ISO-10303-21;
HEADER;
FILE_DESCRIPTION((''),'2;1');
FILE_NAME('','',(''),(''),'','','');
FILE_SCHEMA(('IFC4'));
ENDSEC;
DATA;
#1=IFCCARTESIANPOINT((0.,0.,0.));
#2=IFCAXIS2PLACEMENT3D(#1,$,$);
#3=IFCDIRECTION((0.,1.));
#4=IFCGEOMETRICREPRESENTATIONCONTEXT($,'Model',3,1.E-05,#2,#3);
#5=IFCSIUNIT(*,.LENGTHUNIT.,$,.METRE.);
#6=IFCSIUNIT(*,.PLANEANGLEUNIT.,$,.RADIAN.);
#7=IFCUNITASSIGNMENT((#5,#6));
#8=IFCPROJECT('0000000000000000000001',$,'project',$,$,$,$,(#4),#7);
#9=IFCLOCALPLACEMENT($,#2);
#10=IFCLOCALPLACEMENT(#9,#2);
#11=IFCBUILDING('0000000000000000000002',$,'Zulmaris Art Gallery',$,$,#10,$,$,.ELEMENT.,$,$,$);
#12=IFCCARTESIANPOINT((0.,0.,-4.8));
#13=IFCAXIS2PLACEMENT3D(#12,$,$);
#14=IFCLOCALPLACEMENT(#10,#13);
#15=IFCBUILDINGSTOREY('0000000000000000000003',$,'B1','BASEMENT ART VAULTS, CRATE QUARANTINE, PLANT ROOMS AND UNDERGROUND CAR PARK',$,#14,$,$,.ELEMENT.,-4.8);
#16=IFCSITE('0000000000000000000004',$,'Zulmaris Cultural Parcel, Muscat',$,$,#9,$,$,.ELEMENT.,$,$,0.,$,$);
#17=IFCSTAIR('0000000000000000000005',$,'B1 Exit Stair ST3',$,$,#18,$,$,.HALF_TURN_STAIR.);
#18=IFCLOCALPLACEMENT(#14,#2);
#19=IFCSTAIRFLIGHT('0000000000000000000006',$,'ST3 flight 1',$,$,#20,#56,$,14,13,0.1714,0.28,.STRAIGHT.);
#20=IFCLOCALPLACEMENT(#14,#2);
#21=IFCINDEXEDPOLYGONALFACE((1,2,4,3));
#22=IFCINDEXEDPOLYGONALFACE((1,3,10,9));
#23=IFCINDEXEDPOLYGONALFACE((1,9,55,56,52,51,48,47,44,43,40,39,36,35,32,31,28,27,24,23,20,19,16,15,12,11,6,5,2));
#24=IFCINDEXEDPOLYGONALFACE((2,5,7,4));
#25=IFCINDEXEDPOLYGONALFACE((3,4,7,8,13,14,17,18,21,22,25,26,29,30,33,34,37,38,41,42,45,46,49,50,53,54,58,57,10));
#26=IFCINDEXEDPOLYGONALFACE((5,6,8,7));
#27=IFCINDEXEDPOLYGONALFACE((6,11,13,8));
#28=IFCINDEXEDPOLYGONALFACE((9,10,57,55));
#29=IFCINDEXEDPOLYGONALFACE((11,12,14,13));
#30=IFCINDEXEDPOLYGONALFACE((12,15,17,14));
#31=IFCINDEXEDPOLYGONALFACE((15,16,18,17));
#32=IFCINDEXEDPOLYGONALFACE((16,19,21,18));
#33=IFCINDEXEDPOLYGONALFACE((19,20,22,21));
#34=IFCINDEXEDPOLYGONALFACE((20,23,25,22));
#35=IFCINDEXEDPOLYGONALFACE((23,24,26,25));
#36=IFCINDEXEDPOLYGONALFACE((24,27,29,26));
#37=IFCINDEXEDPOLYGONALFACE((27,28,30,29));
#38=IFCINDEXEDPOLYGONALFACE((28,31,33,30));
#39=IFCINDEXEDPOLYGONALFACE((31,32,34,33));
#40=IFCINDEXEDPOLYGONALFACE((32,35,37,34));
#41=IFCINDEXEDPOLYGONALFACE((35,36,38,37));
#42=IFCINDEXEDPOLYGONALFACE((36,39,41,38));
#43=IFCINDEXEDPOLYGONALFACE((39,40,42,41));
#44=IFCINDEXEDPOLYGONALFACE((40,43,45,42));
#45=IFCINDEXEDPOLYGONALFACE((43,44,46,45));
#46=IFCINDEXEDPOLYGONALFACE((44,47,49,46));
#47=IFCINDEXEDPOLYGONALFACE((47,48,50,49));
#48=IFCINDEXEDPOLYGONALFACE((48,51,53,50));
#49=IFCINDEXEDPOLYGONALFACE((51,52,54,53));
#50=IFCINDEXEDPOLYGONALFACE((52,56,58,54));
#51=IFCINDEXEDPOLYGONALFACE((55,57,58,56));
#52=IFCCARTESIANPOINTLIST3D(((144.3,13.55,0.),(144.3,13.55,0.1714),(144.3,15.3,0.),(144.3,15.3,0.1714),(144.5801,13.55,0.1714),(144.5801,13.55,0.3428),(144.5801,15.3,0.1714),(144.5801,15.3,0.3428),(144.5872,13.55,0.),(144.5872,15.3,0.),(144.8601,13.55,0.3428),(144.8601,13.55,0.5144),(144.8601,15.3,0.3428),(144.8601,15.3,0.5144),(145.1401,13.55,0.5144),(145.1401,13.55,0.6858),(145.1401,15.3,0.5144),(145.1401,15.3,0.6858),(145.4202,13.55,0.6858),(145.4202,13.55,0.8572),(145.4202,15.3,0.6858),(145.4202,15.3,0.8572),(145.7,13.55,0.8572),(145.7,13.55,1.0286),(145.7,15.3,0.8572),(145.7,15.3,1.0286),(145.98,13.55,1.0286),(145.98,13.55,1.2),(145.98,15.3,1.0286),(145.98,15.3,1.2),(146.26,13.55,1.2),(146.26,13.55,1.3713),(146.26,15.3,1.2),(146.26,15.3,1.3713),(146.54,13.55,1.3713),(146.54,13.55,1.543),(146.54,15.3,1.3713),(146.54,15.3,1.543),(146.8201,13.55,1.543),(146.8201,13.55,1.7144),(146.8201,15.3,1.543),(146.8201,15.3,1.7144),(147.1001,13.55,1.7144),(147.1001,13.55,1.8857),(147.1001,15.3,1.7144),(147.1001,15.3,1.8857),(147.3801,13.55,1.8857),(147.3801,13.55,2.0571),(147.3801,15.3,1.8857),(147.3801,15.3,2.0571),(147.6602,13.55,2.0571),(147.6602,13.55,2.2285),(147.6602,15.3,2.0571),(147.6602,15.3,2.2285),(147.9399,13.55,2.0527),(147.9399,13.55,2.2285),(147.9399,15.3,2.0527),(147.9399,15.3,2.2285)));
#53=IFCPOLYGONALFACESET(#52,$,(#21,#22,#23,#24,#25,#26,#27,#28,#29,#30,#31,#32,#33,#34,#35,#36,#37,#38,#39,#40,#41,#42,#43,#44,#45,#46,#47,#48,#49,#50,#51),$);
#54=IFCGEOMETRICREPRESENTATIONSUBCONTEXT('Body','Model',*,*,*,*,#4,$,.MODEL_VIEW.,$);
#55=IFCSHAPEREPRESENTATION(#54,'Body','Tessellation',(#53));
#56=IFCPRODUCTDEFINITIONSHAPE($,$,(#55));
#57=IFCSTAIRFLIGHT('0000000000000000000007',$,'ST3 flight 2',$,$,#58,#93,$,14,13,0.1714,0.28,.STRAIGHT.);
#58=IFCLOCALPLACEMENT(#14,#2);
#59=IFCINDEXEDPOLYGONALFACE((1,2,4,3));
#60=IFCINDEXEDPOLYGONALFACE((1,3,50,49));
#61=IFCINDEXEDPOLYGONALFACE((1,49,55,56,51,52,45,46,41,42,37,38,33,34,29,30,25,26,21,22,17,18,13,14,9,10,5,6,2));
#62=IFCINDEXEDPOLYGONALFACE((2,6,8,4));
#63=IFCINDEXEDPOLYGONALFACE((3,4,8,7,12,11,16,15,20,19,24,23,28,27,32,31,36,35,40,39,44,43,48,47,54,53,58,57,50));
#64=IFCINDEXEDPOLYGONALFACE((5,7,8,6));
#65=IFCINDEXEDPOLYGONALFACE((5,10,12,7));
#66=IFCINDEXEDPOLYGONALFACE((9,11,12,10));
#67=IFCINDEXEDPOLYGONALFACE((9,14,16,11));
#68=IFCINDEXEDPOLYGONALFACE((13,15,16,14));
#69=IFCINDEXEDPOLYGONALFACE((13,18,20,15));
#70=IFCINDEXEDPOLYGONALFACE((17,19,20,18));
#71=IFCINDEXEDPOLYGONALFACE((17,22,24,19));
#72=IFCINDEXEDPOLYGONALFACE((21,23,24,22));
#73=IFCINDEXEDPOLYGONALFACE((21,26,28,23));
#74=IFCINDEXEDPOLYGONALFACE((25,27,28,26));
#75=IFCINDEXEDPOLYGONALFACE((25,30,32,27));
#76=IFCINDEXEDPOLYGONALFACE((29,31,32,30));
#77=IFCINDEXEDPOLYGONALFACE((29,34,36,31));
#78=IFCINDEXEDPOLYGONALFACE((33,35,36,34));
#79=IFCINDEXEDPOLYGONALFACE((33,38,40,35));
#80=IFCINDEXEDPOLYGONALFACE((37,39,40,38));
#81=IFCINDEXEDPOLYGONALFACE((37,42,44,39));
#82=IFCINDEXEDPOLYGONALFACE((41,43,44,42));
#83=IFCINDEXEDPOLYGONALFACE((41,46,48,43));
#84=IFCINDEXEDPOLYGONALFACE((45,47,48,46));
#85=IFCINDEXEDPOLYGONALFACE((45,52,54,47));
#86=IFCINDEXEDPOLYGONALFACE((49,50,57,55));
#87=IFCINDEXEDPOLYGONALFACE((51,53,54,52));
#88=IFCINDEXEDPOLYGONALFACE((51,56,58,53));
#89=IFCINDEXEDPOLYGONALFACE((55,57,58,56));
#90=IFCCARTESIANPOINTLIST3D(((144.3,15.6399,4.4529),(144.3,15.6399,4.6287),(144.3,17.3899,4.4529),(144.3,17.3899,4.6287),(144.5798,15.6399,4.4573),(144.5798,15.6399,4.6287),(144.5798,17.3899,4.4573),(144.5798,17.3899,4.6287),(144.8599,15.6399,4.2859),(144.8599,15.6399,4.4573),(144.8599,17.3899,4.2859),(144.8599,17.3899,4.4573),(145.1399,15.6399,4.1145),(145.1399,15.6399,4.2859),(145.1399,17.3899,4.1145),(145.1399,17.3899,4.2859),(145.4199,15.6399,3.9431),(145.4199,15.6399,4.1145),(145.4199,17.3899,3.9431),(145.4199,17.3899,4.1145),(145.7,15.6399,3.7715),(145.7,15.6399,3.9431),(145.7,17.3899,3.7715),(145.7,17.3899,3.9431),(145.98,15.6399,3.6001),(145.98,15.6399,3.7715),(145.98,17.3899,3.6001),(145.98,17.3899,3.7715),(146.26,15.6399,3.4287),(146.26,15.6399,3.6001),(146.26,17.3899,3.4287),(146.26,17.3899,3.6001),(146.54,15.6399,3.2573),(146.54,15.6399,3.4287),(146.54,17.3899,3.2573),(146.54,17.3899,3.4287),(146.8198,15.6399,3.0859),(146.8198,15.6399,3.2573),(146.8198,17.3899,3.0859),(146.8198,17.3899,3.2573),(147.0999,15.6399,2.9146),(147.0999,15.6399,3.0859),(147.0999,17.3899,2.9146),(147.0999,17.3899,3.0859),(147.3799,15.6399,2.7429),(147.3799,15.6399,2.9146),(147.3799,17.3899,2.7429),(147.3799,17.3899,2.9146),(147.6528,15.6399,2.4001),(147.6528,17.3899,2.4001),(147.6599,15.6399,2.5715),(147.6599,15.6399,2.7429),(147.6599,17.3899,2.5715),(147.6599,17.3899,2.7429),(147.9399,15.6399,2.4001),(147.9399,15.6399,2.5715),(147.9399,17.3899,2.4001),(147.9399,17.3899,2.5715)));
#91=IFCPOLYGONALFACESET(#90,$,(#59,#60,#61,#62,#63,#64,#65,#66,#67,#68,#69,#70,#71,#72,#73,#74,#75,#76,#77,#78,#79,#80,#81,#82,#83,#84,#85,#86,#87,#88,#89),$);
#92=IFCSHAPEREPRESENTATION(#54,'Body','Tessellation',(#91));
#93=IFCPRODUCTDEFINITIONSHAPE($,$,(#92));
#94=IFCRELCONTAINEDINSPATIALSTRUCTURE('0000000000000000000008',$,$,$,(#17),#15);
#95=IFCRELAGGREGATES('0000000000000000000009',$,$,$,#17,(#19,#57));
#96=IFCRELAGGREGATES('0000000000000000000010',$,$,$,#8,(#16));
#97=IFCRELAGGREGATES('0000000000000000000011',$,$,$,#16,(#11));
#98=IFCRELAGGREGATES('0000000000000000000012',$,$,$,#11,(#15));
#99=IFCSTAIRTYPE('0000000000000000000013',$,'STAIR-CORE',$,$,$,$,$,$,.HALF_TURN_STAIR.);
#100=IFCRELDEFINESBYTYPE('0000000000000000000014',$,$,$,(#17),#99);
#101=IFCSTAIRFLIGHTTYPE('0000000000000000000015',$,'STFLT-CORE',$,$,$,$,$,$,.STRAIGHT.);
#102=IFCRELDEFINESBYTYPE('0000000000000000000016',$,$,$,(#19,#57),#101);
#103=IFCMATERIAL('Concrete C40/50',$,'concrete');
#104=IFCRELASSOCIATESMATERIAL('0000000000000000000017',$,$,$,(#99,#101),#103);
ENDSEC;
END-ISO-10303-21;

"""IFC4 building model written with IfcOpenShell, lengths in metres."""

from ifc_helpers import new_model, si_unit, direction, frame, origin, place, context, subcontext, project, spatial, polyline, outline, extrude, material, type_object, element, aggregate, save


model = new_model("IFC4")

# Units and contexts
model_context = context("Model", 3, precision=1e-05, world=origin(), true_north=direction((0.0, 1.0)))
body_context = subcontext(model_context, "Body", "Model", "MODEL_VIEW")
ifc_project = project(units=[si_unit("LENGTHUNIT", "METRE"), si_unit("PLANEANGLEUNIT", "RADIAN")], contexts=[model_context])

# Site, building, storey
site_placement = place(None, origin())
site = spatial("IfcSite", under=ifc_project, at=site_placement, Name="Zulmaris Cultural Parcel, Muscat", CompositionType="ELEMENT", RefElevation=0.0)
building_placement = place(site_placement, origin())
building = spatial("IfcBuilding", under=site, at=building_placement, Name="Zulmaris Art Gallery", CompositionType="ELEMENT")
storey_placement = place(building_placement, frame((0.0, 0.0, -4.8)))
storey = spatial("IfcBuildingStorey", under=building, at=storey_placement, Name="B1", Description="BASEMENT ART VAULTS, CRATE QUARANTINE, PLANT ROOMS AND UNDERGROUND CAR PARK", CompositionType="ELEMENT", Elevation=-4.8)

# Shared definitions
ifc_material_1 = material(Name="Concrete C40/50", Category="concrete")

# Stair, stair flights
stair_type = type_object("IfcStairType", Name="STAIR-CORE", PredefinedType="HALF_TURN_STAIR", material=ifc_material_1)
stair_placement = place(storey_placement, origin())
stair = element("IfcStair", 1, at=stair_placement, inside=storey, type_object=stair_type, Name="B1 Exit Stair ST3", PredefinedType="HALF_TURN_STAIR")
stair_flight_type = type_object("IfcStairFlightType", Name="STFLT-CORE", PredefinedType="STRAIGHT", material=ifc_material_1)
stair_flight_1_placement = place(storey_placement, frame((144.3, 14.425, 0.0), z_axis=(0.0, 0.0, 1.0), x_axis=(1.0, 0.0, 0.0)))
stair_flight_1 = element("IfcStairFlight", 2, at=stair_flight_1_placement, type_object=stair_flight_type, Name="ST3 flight 1", NumberOfRisers=14, NumberOfTreads=13, PredefinedType="STRAIGHT", RiserHeight=0.1714, TreadLength=0.28, context=body_context, shape_type="SweptSolid", body=[
    extrude(outline(polyline([(0.0, 0.0), (0.0, 0.1714), (0.28, 0.1714), (0.28, 0.3428), (0.5601, 0.3428), (0.5601, 0.5144), (0.8401, 0.5144), (0.8401, 0.6858), (1.1201, 0.6858), (1.1201, 0.8572), (1.3999, 0.8572), (1.3999, 1.0286), (1.6799, 1.0286), (1.6799, 1.2), (1.96, 1.2), (1.96, 1.3713), (2.24, 1.3713), (2.24, 1.543), (2.52, 1.543), (2.52, 1.7144), (2.8, 1.7144), (2.8, 1.8857), (3.0801, 1.8857), (3.0801, 2.0571), (3.3601, 2.0571), (3.3601, 2.2285), (3.6399, 2.2285), (3.6399, 2.3999), (3.6399, 2.0527), (0.2871, 0.0), (0.0, 0.0)])), frame((0.0, 0.875, 0.0), z_axis=(0.0, -1.0, 0.0), x_axis=(1.0, 0.0, 0.0)), (0.0, 0.0, 1.0), 1.75),
])
stair_flight_2_placement = place(storey_placement, frame((147.9399, 16.5149, 2.4001), z_axis=(0.0, 0.0, 1.0), x_axis=(-1.0, 0.0, 0.0)))
stair_flight_2 = element("IfcStairFlight", 3, at=stair_flight_2_placement, type_object=stair_flight_type, Name="ST3 flight 2", NumberOfRisers=14, NumberOfTreads=13, PredefinedType="STRAIGHT", RiserHeight=0.1714, TreadLength=0.28, context=body_context, shape_type="SweptSolid", body=[
    extrude(outline(polyline([(0.0, 0.0), (0.0, 0.1714), (0.28, 0.1714), (0.28, 0.3428), (0.5601, 0.3428), (0.5601, 0.5144), (0.8401, 0.5144), (0.8401, 0.6858), (1.1201, 0.6858), (1.1201, 0.8572), (1.3999, 0.8572), (1.3999, 1.0286), (1.6799, 1.0286), (1.6799, 1.2), (1.96, 1.2), (1.96, 1.3713), (2.24, 1.3713), (2.24, 1.543), (2.52, 1.543), (2.52, 1.7144), (2.8, 1.7144), (2.8, 1.8857), (3.0801, 1.8857), (3.0801, 2.0571), (3.3601, 2.0571), (3.3601, 2.2285), (3.6399, 2.2285), (3.6399, 2.3999), (3.6399, 2.0527), (0.2871, 0.0), (0.0, 0.0)])), frame((0.0, 0.875, 0.0), z_axis=(0.0, -1.0, 0.0), x_axis=(1.0, 0.0, 0.0)), (0.0, 0.0, 1.0), 1.75),
])
aggregate(stair, [stair_flight_1, stair_flight_2])

save(model, "model.ifc")
